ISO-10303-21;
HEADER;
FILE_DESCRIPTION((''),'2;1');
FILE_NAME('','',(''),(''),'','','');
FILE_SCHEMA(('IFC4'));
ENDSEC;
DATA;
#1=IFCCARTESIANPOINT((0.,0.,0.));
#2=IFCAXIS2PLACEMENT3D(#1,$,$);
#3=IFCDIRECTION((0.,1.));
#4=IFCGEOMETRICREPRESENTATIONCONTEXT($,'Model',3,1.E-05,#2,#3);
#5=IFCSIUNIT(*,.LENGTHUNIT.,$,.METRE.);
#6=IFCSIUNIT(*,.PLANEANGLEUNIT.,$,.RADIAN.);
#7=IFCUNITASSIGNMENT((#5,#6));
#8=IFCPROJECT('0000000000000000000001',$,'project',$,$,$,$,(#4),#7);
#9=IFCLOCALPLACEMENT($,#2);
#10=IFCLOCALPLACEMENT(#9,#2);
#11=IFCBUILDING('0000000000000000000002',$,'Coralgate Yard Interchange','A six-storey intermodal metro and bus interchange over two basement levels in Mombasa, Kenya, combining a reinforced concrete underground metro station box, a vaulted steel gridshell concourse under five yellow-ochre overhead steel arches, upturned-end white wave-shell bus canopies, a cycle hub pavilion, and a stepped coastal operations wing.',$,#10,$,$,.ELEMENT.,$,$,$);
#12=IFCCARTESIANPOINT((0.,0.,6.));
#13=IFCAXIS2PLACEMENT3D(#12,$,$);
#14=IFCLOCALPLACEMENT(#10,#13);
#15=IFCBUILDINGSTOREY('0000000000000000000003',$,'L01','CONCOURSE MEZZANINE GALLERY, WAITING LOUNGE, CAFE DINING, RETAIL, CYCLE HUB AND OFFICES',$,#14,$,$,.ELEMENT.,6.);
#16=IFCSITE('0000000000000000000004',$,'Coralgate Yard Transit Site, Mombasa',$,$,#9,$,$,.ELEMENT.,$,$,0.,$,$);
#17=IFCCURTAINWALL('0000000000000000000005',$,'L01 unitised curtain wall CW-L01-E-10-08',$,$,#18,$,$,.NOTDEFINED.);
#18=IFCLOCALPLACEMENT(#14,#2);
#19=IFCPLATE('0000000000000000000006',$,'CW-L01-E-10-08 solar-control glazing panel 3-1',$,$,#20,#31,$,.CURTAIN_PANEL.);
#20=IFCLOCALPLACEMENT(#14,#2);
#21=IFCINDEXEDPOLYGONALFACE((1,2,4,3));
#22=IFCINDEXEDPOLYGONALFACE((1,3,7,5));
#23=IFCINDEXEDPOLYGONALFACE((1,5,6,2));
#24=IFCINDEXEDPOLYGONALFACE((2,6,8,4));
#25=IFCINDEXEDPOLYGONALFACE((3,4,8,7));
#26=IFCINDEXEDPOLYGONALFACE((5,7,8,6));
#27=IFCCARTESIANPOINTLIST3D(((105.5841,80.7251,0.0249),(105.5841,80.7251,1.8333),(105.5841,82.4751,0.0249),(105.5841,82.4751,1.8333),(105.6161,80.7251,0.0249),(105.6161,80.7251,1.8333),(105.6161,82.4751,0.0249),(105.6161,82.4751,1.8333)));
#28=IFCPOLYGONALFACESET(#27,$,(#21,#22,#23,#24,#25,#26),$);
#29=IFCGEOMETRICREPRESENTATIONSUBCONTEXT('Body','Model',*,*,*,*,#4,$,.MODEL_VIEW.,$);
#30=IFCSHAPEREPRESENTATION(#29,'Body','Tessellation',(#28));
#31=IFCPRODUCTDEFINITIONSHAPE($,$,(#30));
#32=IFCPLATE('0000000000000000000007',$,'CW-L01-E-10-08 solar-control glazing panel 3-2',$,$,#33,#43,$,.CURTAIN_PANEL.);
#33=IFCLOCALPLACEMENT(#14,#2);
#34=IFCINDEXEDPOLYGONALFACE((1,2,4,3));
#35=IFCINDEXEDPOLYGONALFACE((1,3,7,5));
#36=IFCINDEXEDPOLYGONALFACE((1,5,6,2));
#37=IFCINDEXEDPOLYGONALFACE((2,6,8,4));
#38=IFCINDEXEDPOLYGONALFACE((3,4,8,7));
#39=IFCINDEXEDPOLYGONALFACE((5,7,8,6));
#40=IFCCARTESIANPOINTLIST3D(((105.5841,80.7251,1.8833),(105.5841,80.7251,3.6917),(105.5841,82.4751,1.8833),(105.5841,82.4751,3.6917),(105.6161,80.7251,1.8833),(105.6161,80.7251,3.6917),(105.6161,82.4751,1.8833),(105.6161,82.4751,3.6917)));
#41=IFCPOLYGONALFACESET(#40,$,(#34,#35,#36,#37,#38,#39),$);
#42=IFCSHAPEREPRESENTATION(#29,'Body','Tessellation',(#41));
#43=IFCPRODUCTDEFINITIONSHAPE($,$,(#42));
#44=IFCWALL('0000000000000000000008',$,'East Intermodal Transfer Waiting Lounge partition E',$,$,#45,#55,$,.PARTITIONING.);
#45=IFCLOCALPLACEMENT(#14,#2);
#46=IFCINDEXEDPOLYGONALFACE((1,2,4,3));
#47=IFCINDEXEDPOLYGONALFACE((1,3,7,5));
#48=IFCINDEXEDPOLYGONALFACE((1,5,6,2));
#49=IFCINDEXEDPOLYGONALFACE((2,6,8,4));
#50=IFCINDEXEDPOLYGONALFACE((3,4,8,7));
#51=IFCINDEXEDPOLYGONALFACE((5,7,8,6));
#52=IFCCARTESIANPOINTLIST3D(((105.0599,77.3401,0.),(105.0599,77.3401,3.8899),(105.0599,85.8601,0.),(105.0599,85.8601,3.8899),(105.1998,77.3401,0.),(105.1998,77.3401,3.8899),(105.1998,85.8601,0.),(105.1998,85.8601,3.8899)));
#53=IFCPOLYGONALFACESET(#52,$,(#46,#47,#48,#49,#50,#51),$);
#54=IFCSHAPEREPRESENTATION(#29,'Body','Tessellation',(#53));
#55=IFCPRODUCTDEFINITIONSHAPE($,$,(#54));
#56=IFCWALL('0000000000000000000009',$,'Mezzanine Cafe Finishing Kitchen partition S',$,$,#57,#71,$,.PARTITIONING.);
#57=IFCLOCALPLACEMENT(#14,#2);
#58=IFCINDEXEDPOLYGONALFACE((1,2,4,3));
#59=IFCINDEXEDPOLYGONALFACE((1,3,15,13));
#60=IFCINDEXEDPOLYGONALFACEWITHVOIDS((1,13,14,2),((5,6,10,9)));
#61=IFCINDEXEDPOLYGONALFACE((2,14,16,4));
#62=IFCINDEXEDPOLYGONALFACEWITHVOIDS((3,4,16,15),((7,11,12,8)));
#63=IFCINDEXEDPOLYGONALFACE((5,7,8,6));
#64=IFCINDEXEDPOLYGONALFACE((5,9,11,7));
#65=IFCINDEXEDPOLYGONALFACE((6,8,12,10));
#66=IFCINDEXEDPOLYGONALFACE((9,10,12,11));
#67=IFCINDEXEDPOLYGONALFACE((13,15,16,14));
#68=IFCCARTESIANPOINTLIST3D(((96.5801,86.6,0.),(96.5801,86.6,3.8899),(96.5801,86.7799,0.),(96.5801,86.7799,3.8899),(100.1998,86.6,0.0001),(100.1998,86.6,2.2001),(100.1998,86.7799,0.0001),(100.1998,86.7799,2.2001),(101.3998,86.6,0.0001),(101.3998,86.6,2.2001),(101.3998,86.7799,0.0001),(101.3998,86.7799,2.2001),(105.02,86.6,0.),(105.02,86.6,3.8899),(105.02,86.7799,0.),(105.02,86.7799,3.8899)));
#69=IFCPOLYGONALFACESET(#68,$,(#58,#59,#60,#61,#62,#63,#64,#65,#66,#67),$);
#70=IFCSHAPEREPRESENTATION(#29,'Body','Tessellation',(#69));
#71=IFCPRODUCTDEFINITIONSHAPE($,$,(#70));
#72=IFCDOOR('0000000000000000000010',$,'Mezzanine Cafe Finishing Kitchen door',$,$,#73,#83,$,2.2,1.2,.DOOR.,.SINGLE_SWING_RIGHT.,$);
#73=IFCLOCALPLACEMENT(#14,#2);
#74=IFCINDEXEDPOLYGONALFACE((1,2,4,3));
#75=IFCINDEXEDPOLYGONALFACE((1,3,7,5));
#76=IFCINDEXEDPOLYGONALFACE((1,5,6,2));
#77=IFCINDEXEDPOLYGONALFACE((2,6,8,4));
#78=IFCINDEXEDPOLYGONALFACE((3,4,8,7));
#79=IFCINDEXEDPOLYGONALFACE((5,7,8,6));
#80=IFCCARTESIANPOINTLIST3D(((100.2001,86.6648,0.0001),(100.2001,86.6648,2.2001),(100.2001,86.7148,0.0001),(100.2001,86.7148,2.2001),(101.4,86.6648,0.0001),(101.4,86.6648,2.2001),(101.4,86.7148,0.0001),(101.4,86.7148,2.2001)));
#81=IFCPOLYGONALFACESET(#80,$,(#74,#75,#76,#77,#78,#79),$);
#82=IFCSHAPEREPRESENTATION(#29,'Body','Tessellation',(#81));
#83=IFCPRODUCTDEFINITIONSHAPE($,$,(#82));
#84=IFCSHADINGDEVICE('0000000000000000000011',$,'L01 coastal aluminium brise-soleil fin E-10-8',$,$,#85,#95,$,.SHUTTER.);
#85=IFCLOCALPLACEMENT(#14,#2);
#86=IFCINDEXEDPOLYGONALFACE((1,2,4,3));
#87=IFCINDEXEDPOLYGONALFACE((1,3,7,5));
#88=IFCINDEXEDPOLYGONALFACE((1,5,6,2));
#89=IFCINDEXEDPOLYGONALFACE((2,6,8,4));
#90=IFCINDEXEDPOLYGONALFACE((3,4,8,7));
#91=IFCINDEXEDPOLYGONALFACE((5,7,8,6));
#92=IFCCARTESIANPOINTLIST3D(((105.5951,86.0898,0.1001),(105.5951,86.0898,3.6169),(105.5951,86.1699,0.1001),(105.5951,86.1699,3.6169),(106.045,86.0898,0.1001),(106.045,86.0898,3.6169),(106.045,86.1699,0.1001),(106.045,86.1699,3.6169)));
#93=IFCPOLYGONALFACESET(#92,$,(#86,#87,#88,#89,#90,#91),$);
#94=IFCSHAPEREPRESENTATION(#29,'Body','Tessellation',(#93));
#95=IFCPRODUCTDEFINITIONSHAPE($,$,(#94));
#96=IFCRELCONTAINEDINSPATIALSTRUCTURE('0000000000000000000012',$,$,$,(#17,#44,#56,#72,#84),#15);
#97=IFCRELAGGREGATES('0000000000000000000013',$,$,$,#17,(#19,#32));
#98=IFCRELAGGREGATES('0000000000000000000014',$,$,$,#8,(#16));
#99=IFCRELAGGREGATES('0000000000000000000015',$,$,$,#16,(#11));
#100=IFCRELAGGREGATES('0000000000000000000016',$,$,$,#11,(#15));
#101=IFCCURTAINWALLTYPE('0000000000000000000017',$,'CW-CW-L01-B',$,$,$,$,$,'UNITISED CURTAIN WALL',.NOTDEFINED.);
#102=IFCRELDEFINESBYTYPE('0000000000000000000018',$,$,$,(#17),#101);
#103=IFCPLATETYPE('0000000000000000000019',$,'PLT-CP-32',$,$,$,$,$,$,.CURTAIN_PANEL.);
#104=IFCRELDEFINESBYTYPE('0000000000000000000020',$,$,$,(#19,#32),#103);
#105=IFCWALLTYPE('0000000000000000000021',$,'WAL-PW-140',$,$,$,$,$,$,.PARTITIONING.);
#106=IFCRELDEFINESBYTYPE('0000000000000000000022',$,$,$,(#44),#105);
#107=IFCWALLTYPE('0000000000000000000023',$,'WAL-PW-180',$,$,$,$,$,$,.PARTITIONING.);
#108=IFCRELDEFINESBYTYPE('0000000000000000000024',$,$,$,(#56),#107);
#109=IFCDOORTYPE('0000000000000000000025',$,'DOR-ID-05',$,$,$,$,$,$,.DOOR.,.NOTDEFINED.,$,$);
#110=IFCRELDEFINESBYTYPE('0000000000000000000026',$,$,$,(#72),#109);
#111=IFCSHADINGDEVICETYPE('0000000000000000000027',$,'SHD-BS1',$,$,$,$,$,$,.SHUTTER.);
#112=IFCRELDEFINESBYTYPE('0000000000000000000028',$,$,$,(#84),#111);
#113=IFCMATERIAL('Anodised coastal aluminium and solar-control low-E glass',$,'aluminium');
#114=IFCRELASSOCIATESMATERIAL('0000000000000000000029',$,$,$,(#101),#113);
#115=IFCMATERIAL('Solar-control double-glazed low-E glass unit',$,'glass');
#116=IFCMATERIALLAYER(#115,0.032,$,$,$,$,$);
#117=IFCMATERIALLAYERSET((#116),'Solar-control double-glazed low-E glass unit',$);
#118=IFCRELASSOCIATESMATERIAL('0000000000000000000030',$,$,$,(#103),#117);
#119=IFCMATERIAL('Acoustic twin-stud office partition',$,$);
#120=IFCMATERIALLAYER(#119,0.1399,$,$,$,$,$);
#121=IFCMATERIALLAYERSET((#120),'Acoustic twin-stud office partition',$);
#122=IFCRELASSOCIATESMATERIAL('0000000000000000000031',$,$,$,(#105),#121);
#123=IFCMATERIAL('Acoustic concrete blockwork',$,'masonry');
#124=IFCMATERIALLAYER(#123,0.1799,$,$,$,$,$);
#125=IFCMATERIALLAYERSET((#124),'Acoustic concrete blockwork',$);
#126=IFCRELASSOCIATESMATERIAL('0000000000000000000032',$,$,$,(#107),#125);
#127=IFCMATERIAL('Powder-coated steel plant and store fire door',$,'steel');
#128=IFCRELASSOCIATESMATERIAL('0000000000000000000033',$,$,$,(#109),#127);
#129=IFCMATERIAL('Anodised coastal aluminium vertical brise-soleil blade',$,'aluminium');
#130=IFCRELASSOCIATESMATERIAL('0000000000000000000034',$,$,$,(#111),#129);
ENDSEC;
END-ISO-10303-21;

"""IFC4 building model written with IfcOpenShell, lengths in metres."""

from ifc_helpers import new_model, si_unit, direction, frame, frame_2d, origin, origin_2d, place, context, subcontext, project, spatial, rectangle, extrude, material, layer, layer_set, type_object, element, fill, aggregate, save


model = new_model("IFC4")

# Units and contexts
model_context = context("Model", 3, precision=1e-05, world=origin(), true_north=direction((0.0, 1.0)))
body_context = subcontext(model_context, "Body", "Model", "MODEL_VIEW")
ifc_project = project(units=[si_unit("LENGTHUNIT", "METRE"), si_unit("PLANEANGLEUNIT", "RADIAN")], contexts=[model_context])

# Site, building, storey
site_placement = place(None, origin())
site = spatial("IfcSite", under=ifc_project, at=site_placement, Name="Coralgate Yard Transit Site, Mombasa", CompositionType="ELEMENT", RefElevation=0.0)
building_placement = place(site_placement, origin())
building = spatial("IfcBuilding", under=site, at=building_placement, Name="Coralgate Yard Interchange", Description="A six-storey intermodal metro and bus interchange over two basement levels in Mombasa, Kenya, combining a reinforced concrete underground metro station box, a vaulted steel gridshell concourse under five yellow-ochre overhead steel arches, upturned-end white wave-shell bus canopies, a cycle hub pavilion, and a stepped coastal operations wing.", CompositionType="ELEMENT")
storey_placement = place(building_placement, frame((0.0, 0.0, 6.0)))
storey = spatial("IfcBuildingStorey", under=building, at=storey_placement, Name="L01", Description="CONCOURSE MEZZANINE GALLERY, WAITING LOUNGE, CAFE DINING, RETAIL, CYCLE HUB AND OFFICES", CompositionType="ELEMENT", Elevation=6.0)

# Curtain wall, plates
ifc_material_1 = material(Name="Anodised coastal aluminium and solar-control low-E glass", Category="aluminium")
curtain_wall_type = type_object("IfcCurtainWallType", Name="CW-CW-L01-B", ElementType="UNITISED CURTAIN WALL", PredefinedType="NOTDEFINED", material=ifc_material_1)
curtain_wall_placement = place(storey_placement, origin())
curtain_wall = element("IfcCurtainWall", 1, at=curtain_wall_placement, inside=storey, type_object=curtain_wall_type, Name="L01 unitised curtain wall CW-L01-E-10-08", PredefinedType="NOTDEFINED")
ifc_material_2 = material(Name="Solar-control double-glazed low-E glass unit", Category="glass")
ifc_layer_1 = layer(ifc_material_2, 0.032)
ifc_layer_set_1 = layer_set([ifc_layer_1], Name="Solar-control double-glazed low-E glass unit")
plate_type = type_object("IfcPlateType", Name="PLT-CP-32", PredefinedType="CURTAIN_PANEL", material=ifc_layer_set_1)
plate_1_placement = place(storey_placement, frame((105.6001, 81.6001, 0.0249), z_axis=(0.0, 0.0, 1.0), x_axis=(0.0, -1.0, 0.0)))
plate_1 = element("IfcPlate", 2, at=plate_1_placement, type_object=plate_type, Name="CW-L01-E-10-08 solar-control glazing panel 3-1", PredefinedType="CURTAIN_PANEL", context=body_context, shape_type="SweptSolid", body=[
    extrude(rectangle(XDim=1.75, YDim=0.032, at=origin_2d()), origin(), (0.0, 0.0, 1.0), 1.8083),
])
plate_2_placement = place(storey_placement, frame((105.6001, 81.6001, 1.8833), z_axis=(0.0, 0.0, 1.0), x_axis=(0.0, -1.0, 0.0)))
plate_2 = element("IfcPlate", 3, at=plate_2_placement, type_object=plate_type, Name="CW-L01-E-10-08 solar-control glazing panel 3-2", PredefinedType="CURTAIN_PANEL", context=body_context, shape_type="SweptSolid", body=[
    extrude(rectangle(XDim=1.75, YDim=0.032, at=origin_2d()), origin(), (0.0, 0.0, 1.0), 1.8083),
])
aggregate(curtain_wall, [plate_1, plate_2])

# Wall
ifc_material_3 = material(Name="Acoustic twin-stud office partition")
ifc_layer_2 = layer(ifc_material_3, 0.1399)
ifc_layer_set_2 = layer_set([ifc_layer_2], Name="Acoustic twin-stud office partition")
wall_type_1 = type_object("IfcWallType", Name="WAL-PW-140", PredefinedType="PARTITIONING", material=ifc_layer_set_2)
wall_1_placement = place(storey_placement, frame((105.1299, 85.8601, 0.0), z_axis=(0.0, 0.0, 1.0), x_axis=(0.0, -1.0, 0.0)))
element("IfcWall", 4, at=wall_1_placement, inside=storey, type_object=wall_type_1, Name="East Intermodal Transfer Waiting Lounge partition E", PredefinedType="PARTITIONING", context=body_context, shape_type="SweptSolid", body=[
    extrude(rectangle(XDim=8.52, YDim=0.1399, at=frame_2d((4.26, 0.0))), origin(), (0.0, 0.0, 1.0), 3.8899),
])

# Wall, opening, door
ifc_material_4 = material(Name="Acoustic concrete blockwork", Category="masonry")
ifc_layer_3 = layer(ifc_material_4, 0.1799)
ifc_layer_set_3 = layer_set([ifc_layer_3], Name="Acoustic concrete blockwork")
wall_type_2 = type_object("IfcWallType", Name="WAL-PW-180", PredefinedType="PARTITIONING", material=ifc_layer_set_3)
wall_2_placement = place(storey_placement, frame((105.02, 86.6899, 0.0), z_axis=(0.0, 0.0, 1.0), x_axis=(-1.0, 0.0, 0.0)))
wall_2 = element("IfcWall", 5, at=wall_2_placement, inside=storey, type_object=wall_type_2, Name="Mezzanine Cafe Finishing Kitchen partition S", PredefinedType="PARTITIONING", context=body_context, shape_type="SweptSolid", body=[
    extrude(rectangle(XDim=8.4399, YDim=0.1799, at=frame_2d((4.22, 0.0))), origin(), (0.0, 0.0, 1.0), 3.8899),
])
opening_placement = place(wall_2_placement, frame((3.6201, 0.0, 0.0)))
opening = element("IfcOpeningElement", 6, at=opening_placement, cuts=wall_2, PredefinedType="OPENING", context=body_context, shape_type="SweptSolid", body=[
    extrude(rectangle(XDim=1.2, YDim=2.2, at=frame_2d((0.6001, 1.1001))), frame((0.0, 0.0999, 0.0), z_axis=(0.0, -1.0, 0.0), x_axis=(1.0, 0.0, 0.0)), (0.0, 0.0, 1.0), 0.2),
])
ifc_material_5 = material(Name="Powder-coated steel plant and store fire door", Category="steel")
door_type = type_object("IfcDoorType", Name="DOR-ID-05", OperationType="NOTDEFINED", PredefinedType="DOOR", material=ifc_material_5)
door_placement = place(opening_placement, frame((1.2, 0.0, 0.0), z_axis=(0.0, 0.0, 1.0), x_axis=(-1.0, 0.0, 0.0)))
door = element("IfcDoor", 7, at=door_placement, inside=storey, type_object=door_type, Name="Mezzanine Cafe Finishing Kitchen door", OperationType="SINGLE_SWING_RIGHT", OverallHeight=2.2, OverallWidth=1.2, PredefinedType="DOOR", context=body_context, shape_type="SweptSolid", body=[
    extrude(rectangle(XDim=1.2, YDim=2.2, at=frame_2d((0.6001, 1.1001))), frame((0.0, 0.0249, 0.0), z_axis=(0.0, -1.0, 0.0), x_axis=(1.0, 0.0, 0.0)), (0.0, 0.0, 1.0), 0.05),
])
fill(opening, door)

# Shading device
ifc_material_6 = material(Name="Anodised coastal aluminium vertical brise-soleil blade", Category="aluminium")
shading_device_type = type_object("IfcShadingDeviceType", Name="SHD-BS1", PredefinedType="SHUTTER", material=ifc_material_6)
shading_device_placement = place(storey_placement, frame((105.8201, 86.1299, 0.1001), z_axis=(0.0, 0.0, 1.0), x_axis=(0.0, -1.0, 0.0)))
element("IfcShadingDevice", 8, at=shading_device_placement, inside=storey, type_object=shading_device_type, Name="L01 coastal aluminium brise-soleil fin E-10-8", PredefinedType="SHUTTER", context=body_context, shape_type="SweptSolid", body=[
    extrude(rectangle(XDim=0.0801, YDim=0.45, at=origin_2d()), origin(), (0.0, 0.0, 1.0), 3.5168),
])

save(model, "model.ifc")
